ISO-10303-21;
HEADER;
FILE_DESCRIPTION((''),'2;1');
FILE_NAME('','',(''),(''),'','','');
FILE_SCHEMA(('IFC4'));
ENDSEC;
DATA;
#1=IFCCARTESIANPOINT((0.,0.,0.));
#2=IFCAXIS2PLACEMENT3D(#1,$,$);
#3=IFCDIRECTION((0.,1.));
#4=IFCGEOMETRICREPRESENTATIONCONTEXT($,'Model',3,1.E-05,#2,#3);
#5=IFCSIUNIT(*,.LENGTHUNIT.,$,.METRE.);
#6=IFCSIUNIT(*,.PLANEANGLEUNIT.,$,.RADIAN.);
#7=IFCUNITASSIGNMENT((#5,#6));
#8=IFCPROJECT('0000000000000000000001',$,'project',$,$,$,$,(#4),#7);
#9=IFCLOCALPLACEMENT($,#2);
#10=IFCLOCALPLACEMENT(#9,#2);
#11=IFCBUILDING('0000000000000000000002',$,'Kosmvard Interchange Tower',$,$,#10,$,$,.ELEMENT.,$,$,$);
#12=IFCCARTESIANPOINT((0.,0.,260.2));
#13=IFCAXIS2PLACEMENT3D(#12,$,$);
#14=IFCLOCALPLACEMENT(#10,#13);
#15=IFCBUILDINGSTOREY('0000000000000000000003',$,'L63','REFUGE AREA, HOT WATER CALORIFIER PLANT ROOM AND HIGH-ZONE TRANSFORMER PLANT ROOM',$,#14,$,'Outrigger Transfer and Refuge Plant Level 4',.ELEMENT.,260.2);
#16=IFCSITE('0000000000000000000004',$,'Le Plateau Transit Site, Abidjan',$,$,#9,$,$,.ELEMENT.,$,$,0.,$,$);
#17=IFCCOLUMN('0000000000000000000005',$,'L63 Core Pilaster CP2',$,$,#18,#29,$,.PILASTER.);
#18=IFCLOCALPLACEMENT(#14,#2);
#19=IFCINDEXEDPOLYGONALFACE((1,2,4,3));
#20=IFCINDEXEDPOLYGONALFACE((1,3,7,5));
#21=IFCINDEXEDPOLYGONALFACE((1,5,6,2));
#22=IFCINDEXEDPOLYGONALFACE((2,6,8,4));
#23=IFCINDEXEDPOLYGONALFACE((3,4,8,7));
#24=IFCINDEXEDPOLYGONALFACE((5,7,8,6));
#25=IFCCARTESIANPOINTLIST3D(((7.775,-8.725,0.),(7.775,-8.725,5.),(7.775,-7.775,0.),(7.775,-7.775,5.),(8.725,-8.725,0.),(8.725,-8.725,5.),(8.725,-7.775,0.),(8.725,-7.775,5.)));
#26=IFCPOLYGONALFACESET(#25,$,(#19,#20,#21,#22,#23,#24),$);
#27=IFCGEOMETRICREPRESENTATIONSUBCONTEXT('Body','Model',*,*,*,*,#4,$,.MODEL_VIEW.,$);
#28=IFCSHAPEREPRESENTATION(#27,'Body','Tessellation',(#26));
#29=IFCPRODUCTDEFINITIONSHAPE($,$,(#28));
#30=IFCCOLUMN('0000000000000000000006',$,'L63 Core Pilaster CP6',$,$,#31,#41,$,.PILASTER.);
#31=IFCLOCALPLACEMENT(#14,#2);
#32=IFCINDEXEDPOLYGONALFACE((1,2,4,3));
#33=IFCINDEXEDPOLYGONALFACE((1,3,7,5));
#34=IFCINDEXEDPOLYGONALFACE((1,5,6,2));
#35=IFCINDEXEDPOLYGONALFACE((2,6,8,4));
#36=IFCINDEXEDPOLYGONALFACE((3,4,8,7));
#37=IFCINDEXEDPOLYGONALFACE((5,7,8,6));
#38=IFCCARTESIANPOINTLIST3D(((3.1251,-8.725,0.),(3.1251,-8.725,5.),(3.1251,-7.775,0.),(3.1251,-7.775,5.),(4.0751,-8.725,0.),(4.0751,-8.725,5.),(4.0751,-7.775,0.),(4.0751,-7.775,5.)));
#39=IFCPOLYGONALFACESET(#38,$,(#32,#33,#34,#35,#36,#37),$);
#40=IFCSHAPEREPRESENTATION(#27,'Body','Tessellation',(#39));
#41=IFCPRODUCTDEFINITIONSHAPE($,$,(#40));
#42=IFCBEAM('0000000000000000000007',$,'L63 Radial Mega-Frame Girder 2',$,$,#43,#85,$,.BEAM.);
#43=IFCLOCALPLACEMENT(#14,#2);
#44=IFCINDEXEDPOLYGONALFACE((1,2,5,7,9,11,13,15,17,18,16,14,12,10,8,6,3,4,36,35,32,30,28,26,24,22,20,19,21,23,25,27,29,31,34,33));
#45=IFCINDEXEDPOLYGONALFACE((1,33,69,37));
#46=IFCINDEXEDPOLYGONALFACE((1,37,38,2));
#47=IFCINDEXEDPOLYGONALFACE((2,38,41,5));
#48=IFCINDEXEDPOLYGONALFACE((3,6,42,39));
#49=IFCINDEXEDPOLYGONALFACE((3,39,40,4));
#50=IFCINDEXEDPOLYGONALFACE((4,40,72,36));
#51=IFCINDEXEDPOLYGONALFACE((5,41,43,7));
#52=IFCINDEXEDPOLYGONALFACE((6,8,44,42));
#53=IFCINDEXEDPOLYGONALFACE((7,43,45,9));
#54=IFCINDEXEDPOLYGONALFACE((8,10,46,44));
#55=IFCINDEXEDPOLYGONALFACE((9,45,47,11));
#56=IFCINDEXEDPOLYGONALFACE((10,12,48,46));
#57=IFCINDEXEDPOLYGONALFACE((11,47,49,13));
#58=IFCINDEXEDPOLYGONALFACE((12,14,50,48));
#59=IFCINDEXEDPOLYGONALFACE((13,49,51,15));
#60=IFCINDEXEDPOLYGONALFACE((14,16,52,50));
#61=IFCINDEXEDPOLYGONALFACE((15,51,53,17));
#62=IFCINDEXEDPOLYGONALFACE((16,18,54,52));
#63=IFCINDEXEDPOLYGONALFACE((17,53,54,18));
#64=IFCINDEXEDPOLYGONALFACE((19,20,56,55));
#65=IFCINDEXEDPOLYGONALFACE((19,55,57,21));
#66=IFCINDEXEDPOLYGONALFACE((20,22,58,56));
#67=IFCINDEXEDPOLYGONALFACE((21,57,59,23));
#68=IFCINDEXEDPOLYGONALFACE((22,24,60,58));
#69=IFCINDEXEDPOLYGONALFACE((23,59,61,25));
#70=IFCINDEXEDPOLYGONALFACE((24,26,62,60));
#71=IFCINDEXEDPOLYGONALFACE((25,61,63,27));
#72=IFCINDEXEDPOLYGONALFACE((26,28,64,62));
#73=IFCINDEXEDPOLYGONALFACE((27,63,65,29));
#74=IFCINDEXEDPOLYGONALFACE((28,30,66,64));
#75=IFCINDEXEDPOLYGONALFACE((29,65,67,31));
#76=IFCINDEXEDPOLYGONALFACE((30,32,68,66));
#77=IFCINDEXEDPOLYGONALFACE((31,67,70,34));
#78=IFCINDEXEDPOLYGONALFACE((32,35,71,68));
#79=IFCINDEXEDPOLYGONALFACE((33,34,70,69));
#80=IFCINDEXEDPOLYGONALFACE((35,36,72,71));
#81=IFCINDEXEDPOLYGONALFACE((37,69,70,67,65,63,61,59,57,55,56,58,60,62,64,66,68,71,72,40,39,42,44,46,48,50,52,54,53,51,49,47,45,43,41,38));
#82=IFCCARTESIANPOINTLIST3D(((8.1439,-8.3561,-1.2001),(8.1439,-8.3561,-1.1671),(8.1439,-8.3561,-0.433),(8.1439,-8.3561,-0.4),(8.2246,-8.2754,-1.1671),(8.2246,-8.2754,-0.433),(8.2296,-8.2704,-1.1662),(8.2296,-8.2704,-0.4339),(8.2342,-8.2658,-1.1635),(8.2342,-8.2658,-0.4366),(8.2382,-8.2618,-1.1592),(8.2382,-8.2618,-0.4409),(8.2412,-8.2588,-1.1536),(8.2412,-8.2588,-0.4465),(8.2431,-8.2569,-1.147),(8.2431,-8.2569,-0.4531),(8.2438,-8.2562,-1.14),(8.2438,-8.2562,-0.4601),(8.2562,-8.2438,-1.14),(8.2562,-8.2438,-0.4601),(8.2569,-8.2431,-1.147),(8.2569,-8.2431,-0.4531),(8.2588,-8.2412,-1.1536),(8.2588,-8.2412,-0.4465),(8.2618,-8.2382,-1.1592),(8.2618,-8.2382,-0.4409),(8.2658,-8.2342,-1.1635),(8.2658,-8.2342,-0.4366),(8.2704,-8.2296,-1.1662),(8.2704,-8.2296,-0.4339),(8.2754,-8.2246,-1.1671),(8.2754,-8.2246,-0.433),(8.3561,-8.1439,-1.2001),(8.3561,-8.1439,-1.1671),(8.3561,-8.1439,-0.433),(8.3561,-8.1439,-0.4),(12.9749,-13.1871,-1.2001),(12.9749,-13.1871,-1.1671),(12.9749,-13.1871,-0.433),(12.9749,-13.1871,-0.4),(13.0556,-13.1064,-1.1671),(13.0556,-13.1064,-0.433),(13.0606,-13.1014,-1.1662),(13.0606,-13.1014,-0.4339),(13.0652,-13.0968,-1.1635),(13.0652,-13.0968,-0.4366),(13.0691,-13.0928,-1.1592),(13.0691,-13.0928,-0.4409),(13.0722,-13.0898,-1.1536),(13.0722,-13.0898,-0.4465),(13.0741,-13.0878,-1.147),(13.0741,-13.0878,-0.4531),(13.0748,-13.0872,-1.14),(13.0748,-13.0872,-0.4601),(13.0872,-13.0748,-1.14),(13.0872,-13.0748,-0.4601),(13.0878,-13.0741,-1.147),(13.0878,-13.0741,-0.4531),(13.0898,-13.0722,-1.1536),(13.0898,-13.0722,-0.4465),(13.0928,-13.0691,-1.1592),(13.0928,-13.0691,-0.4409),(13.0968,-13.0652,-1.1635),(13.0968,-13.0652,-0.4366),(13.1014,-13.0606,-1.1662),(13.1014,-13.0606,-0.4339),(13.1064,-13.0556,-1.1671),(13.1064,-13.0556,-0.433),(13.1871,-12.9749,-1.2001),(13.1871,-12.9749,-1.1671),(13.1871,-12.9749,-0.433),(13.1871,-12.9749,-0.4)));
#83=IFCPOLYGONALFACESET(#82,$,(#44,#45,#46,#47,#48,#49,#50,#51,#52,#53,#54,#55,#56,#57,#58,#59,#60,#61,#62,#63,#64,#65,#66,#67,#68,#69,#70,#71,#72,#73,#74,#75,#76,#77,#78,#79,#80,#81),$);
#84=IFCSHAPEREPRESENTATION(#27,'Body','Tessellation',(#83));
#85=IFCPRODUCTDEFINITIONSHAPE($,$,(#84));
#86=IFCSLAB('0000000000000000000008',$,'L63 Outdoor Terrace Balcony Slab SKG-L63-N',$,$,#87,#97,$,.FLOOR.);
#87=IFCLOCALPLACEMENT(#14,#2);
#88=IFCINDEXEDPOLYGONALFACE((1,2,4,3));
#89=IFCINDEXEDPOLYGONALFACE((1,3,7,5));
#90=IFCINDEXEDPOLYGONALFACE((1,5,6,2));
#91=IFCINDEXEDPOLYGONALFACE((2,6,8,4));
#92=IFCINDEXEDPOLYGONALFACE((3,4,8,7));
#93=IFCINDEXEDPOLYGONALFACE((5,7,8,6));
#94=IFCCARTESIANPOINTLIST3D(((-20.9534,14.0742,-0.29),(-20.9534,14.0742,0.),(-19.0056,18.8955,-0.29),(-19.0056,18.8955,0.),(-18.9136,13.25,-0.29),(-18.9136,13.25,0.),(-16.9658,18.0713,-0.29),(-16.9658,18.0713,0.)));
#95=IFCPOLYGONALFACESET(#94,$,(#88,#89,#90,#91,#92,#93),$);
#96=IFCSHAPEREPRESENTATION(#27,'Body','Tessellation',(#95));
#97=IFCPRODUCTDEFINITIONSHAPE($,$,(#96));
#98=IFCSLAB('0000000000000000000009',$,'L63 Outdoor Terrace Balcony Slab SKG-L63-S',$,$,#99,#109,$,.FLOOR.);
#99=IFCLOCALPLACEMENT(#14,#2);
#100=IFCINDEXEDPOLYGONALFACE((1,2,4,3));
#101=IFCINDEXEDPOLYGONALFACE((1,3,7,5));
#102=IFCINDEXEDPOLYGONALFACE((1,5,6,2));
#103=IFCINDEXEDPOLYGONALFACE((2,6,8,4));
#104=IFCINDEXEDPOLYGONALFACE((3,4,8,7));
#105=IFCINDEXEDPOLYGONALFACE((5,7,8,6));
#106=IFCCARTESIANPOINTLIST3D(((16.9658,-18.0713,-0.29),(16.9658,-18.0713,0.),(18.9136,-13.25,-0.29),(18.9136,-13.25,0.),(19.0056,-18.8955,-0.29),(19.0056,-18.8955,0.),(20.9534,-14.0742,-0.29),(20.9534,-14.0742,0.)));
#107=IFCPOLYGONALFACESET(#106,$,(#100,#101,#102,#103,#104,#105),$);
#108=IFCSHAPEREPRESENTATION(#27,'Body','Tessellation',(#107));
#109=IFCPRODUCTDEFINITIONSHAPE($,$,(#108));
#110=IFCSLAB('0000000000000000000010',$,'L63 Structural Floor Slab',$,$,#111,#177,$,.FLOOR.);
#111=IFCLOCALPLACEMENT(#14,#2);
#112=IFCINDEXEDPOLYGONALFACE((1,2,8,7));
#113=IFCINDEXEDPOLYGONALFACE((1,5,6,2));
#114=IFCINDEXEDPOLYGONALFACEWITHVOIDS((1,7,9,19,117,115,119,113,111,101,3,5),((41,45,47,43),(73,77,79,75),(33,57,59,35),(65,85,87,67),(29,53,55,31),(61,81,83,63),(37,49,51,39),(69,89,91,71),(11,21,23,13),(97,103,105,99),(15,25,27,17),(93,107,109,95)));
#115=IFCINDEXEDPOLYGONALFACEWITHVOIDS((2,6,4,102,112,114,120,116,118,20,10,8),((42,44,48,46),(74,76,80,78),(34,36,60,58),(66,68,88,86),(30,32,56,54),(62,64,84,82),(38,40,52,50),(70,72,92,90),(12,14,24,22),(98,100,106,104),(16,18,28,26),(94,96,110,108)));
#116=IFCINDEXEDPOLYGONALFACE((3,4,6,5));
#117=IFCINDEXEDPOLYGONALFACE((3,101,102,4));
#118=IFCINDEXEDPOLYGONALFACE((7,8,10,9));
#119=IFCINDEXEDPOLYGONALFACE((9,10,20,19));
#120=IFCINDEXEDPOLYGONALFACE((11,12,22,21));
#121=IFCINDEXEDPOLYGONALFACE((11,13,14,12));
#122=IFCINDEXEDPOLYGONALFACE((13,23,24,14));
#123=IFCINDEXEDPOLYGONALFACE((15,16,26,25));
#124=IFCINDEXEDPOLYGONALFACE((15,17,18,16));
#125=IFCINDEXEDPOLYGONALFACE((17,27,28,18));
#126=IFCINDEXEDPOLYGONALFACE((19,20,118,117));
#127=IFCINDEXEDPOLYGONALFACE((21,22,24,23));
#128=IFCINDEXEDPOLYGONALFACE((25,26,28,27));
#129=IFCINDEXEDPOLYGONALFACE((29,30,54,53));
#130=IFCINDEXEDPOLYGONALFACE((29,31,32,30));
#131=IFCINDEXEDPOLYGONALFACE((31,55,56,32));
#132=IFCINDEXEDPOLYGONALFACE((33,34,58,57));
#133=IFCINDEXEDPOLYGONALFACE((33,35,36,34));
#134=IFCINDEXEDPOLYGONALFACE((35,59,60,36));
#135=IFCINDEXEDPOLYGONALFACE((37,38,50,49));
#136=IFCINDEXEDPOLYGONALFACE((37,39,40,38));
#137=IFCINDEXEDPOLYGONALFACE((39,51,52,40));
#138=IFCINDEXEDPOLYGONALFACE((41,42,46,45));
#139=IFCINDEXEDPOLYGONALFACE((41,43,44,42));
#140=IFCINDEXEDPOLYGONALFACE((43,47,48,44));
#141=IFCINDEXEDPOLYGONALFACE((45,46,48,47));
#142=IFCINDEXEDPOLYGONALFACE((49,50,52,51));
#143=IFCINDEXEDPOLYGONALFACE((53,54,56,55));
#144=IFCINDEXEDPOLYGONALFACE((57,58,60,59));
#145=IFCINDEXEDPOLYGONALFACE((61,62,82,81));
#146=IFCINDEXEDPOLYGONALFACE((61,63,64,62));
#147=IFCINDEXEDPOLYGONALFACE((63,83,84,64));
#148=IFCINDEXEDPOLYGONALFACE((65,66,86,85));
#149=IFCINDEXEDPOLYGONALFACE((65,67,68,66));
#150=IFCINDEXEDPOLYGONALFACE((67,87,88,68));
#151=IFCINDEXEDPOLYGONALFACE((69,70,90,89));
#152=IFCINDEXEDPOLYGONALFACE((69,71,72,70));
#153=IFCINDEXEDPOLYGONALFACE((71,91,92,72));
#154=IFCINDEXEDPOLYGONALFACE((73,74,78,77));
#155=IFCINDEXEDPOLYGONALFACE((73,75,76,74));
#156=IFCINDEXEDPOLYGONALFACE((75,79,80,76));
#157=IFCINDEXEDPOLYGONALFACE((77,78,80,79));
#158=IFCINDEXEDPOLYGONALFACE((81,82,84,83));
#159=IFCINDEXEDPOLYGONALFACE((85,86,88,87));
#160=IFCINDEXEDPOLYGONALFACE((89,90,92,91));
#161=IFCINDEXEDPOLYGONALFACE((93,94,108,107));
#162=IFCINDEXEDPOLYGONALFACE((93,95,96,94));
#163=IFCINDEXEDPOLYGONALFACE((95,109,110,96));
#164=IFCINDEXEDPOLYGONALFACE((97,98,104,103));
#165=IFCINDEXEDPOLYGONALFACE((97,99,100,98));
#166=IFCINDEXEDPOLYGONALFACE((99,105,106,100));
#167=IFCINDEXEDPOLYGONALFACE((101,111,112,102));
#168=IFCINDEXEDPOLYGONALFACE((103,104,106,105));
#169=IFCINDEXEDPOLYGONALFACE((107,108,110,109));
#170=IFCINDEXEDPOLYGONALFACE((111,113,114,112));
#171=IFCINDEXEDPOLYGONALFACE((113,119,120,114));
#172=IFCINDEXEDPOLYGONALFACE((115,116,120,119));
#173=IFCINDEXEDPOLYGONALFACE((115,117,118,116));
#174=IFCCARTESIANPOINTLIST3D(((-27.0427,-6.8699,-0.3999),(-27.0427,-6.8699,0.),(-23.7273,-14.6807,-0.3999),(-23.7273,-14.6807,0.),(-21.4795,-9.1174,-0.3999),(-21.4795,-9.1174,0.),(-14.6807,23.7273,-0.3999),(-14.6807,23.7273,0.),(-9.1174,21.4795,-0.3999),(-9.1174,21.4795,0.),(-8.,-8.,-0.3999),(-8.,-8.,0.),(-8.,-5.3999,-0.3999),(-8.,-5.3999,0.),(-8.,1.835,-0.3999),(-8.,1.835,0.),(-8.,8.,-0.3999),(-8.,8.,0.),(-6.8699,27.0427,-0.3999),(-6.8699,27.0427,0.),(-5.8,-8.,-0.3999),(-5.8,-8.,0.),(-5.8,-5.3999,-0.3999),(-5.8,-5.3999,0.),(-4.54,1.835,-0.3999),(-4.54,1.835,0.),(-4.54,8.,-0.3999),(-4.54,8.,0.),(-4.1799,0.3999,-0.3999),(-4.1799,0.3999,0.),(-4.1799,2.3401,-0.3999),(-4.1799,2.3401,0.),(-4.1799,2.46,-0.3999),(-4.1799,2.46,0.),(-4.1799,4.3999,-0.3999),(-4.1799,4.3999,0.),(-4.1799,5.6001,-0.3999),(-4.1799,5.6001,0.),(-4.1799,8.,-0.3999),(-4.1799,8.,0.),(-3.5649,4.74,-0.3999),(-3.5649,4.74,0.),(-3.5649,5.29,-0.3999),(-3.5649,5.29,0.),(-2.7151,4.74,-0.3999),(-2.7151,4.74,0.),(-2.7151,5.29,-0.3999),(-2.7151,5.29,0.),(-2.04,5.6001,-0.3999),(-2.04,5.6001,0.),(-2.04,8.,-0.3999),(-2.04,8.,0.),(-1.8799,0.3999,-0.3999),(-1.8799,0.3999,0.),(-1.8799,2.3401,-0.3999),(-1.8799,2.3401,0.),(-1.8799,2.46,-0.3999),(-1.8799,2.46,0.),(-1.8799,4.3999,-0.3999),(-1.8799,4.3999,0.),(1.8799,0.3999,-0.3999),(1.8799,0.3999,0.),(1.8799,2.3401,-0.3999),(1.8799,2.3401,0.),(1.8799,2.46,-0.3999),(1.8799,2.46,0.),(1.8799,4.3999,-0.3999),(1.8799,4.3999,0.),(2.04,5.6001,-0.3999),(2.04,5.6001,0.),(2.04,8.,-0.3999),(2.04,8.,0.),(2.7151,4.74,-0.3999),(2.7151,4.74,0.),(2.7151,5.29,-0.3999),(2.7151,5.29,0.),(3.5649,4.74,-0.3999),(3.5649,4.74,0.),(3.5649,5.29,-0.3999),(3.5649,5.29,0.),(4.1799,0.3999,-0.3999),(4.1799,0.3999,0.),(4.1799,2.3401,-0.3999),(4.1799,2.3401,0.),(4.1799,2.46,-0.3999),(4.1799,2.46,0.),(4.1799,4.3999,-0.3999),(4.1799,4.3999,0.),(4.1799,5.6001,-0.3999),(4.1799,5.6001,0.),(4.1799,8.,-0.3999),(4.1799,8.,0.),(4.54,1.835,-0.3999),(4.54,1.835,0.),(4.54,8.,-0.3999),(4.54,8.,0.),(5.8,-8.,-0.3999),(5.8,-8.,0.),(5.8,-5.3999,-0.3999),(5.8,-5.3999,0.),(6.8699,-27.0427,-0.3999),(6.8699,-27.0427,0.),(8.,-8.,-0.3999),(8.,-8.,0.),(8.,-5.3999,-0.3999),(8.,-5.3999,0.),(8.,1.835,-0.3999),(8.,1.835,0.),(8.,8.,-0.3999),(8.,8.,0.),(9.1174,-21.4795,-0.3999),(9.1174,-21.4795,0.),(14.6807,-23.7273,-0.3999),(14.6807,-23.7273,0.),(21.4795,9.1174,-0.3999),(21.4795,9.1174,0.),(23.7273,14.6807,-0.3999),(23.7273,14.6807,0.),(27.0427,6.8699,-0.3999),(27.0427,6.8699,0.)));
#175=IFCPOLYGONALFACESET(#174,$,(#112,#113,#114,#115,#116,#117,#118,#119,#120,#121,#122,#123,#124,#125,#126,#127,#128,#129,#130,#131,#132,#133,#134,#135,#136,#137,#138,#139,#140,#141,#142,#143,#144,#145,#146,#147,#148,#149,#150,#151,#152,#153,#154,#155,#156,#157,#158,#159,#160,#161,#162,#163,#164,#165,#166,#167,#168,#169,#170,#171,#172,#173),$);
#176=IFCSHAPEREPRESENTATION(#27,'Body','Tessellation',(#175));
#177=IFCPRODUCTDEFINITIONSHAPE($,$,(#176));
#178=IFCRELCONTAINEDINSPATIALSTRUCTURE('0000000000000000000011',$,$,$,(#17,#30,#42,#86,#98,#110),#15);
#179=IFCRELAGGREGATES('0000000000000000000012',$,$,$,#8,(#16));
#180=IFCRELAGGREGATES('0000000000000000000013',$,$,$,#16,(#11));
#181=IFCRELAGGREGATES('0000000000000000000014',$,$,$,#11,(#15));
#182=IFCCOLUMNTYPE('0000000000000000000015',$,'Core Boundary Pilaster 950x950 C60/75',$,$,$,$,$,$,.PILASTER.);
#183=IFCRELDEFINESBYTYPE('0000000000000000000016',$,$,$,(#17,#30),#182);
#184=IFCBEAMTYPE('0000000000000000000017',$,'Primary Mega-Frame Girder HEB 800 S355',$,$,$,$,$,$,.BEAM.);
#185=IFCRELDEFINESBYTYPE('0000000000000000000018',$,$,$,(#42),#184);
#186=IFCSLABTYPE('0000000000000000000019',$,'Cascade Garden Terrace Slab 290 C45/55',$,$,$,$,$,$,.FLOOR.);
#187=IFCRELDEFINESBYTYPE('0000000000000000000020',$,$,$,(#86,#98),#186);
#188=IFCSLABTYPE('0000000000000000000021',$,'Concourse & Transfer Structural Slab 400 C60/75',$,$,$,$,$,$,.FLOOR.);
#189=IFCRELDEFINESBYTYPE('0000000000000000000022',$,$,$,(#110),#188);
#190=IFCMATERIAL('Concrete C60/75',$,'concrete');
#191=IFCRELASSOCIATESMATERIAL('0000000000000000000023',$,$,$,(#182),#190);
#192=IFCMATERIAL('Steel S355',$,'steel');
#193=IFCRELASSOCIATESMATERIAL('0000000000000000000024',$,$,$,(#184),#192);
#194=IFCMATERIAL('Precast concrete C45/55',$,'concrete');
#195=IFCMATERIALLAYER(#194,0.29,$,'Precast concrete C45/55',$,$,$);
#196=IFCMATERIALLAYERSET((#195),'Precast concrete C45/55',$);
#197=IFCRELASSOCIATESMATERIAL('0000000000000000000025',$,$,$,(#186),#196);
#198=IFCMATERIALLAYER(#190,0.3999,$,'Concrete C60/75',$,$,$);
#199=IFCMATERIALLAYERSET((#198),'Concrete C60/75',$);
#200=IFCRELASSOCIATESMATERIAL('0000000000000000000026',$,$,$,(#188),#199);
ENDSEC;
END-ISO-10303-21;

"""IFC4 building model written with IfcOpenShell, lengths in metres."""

from ifc_helpers import new_model, si_unit, direction, frame, origin, origin_2d, place, context, subcontext, project, spatial, polyline, rectangle, i_section, outline, extrude, source, transform, mapped, material, layer, layer_set, material_profile, profile_set, type_object, element, save


model = new_model("IFC4")

# Units and contexts
model_context = context("Model", 3, precision=1e-05, world=origin(), true_north=direction((0.0, 1.0)))
body_context = subcontext(model_context, "Body", "Model", "MODEL_VIEW")
ifc_project = project(units=[si_unit("LENGTHUNIT", "METRE"), si_unit("PLANEANGLEUNIT", "RADIAN")], contexts=[model_context])

# Site, building, storey
site_placement = place(None, origin())
site = spatial("IfcSite", under=ifc_project, at=site_placement, Name="Le Plateau Transit Site, Abidjan", CompositionType="ELEMENT", RefElevation=0.0)
building_placement = place(site_placement, origin())
building = spatial("IfcBuilding", under=site, at=building_placement, Name="Kosmvard Interchange Tower", CompositionType="ELEMENT")
storey_placement = place(building_placement, frame((0.0, 0.0, 260.2)))
storey = spatial("IfcBuildingStorey", under=building, at=storey_placement, Name="L63", Description="REFUGE AREA, HOT WATER CALORIFIER PLANT ROOM AND HIGH-ZONE TRANSFORMER PLANT ROOM", LongName="Outrigger Transfer and Refuge Plant Level 4", CompositionType="ELEMENT", Elevation=260.2)

# Columns
ifc_material_1 = material(Name="Concrete C60/75", Category="concrete")
ifc_material_profile_1 = material_profile(ifc_material_1, rectangle(XDim=0.95, YDim=0.95, at=origin_2d()), Name="CP 950x950")
ifc_profile_set_1 = profile_set([ifc_material_profile_1], Name="Concrete C60/75")
column_type = type_object("IfcColumnType", Name="Core Boundary Pilaster 950x950 C60/75", PredefinedType="PILASTER", material=ifc_profile_set_1)
shared_shape_1 = source(origin(), body_context, "Body", "SweptSolid", [
    extrude(rectangle(XDim=0.95, YDim=0.95, at=origin_2d()), origin(), (0.0, 0.0, 1.0), 5.0),
])
for number, where, z_axis, x_axis, name in (
    (1, (8.25, -8.25, 0.0), (0.0, 0.0, 1.0), (1.0, 0.0, 0.0), "L63 Core Pilaster CP2"),
    (2, (3.6001, -8.25, 0.0), (0.0, 0.0, 1.0), (1.0, 0.0, 0.0), "L63 Core Pilaster CP6"),
):
    element("IfcColumn", number, at=place(storey_placement, frame(where, z_axis=z_axis, x_axis=x_axis)), inside=storey, type_object=column_type, Name=name, PredefinedType="PILASTER", context=body_context, shape_type="MappedRepresentation", body=[
        mapped(shared_shape_1, transform((0.0, 0.0, 0.0), scale=1.0)),
    ])

# Beam
ifc_material_2 = material(Name="Steel S355", Category="steel")
ifc_material_profile_2 = material_profile(ifc_material_2, i_section(OverallWidth=0.3, OverallDepth=0.8, WebThickness=0.0176, FlangeThickness=0.033, FilletRadius=0.0271, at=origin_2d()), Name="HEB 800")
ifc_profile_set_2 = profile_set([ifc_material_profile_2], Name="Steel S355")
beam_type = type_object("IfcBeamType", Name="Primary Mega-Frame Girder HEB 800 S355", PredefinedType="BEAM", material=ifc_profile_set_2)
shared_shape_2 = source(origin(), body_context, "Body", "SweptSolid", [
    extrude(i_section(OverallWidth=0.3, OverallDepth=0.8, WebThickness=0.0176, FlangeThickness=0.033, FilletRadius=0.0271, at=origin_2d()), origin(), (0.0, 0.0, 1.0), 6.832),
])
beam_placement = place(storey_placement, frame((8.25, -8.25, -0.8), z_axis=(0.707107, -0.707107, 0.0), x_axis=(0.707107, 0.707107, 0.0)))
element("IfcBeam", 3, at=beam_placement, inside=storey, type_object=beam_type, Name="L63 Radial Mega-Frame Girder 2", PredefinedType="BEAM", context=body_context, shape_type="MappedRepresentation", body=[
    mapped(shared_shape_2, transform((0.0, 0.0, 0.0), scale=1.0)),
])

# Slabs
ifc_material_3 = material(Name="Precast concrete C45/55", Category="concrete")
ifc_layer_1 = layer(ifc_material_3, 0.29, Name="Precast concrete C45/55")
ifc_layer_set_1 = layer_set([ifc_layer_1], Name="Precast concrete C45/55")
slab_type_1 = type_object("IfcSlabType", Name="Cascade Garden Terrace Slab 290 C45/55", PredefinedType="FLOOR", material=ifc_layer_set_1)
slab_1_placement = place(storey_placement, frame((0.0, 0.0, -0.29)))
element("IfcSlab", 4, at=slab_1_placement, inside=storey, type_object=slab_type_1, Name="L63 Outdoor Terrace Balcony Slab SKG-L63-N", PredefinedType="FLOOR", context=body_context, shape_type="SweptSolid", body=[
    extrude(outline(polyline([(-18.9136, 13.25), (-16.9658, 18.0713), (-19.0056, 18.8955), (-20.9534, 14.0742), (-18.9136, 13.25)])), origin(), (0.0, 0.0, 1.0), 0.29),
])
slab_2_placement = place(storey_placement, frame((0.0, 0.0, -0.29)))
element("IfcSlab", 5, at=slab_2_placement, inside=storey, type_object=slab_type_1, Name="L63 Outdoor Terrace Balcony Slab SKG-L63-S", PredefinedType="FLOOR", context=body_context, shape_type="SweptSolid", body=[
    extrude(outline(polyline([(19.0056, -18.8955), (20.9534, -14.0742), (18.9136, -13.25), (16.9658, -18.0713), (19.0056, -18.8955)])), origin(), (0.0, 0.0, 1.0), 0.29),
])
ifc_layer_2 = layer(ifc_material_1, 0.3999, Name="Concrete C60/75")
ifc_layer_set_2 = layer_set([ifc_layer_2], Name="Concrete C60/75")
slab_type_2 = type_object("IfcSlabType", Name="Concourse & Transfer Structural Slab 400 C60/75", PredefinedType="FLOOR", material=ifc_layer_set_2)
slab_3_placement = place(storey_placement, frame((0.0, 0.0, -0.3999)))
element("IfcSlab", 6, at=slab_3_placement, inside=storey, type_object=slab_type_2, Name="L63 Structural Floor Slab", PredefinedType="FLOOR", context=body_context, shape_type="SweptSolid", body=[
    extrude(outline(polyline([(14.6807, -23.7273), (27.0427, 6.8699), (21.4795, 9.1174), (23.7273, 14.6807), (-6.8699, 27.0427), (-9.1174, 21.4795), (-14.6807, 23.7273), (-27.0427, -6.8699), (-21.4795, -9.1174), (-23.7273, -14.6807), (6.8699, -27.0427), (9.1174, -21.4795), (14.6807, -23.7273)]), holes=[polyline([(-8.0, 1.835), (-4.54, 1.835), (-4.54, 8.0), (-8.0, 8.0), (-8.0, 1.835)]), polyline([(4.54, 1.835), (8.0, 1.835), (8.0, 8.0), (4.54, 8.0), (4.54, 1.835)]), polyline([(-8.0, -8.0), (-5.8, -8.0), (-5.8, -5.3999), (-8.0, -5.3999), (-8.0, -8.0)]), polyline([(5.8, -8.0), (8.0, -8.0), (8.0, -5.3999), (5.8, -5.3999), (5.8, -8.0)]), polyline([(-4.1799, 0.3999), (-1.8799, 0.3999), (-1.8799, 2.3401), (-4.1799, 2.3401), (-4.1799, 0.3999)]), polyline([(-4.1799, 2.46), (-1.8799, 2.46), (-1.8799, 4.3999), (-4.1799, 4.3999), (-4.1799, 2.46)]), polyline([(1.8799, 0.3999), (4.1799, 0.3999), (4.1799, 2.3401), (1.8799, 2.3401), (1.8799, 0.3999)]), polyline([(1.8799, 2.46), (4.1799, 2.46), (4.1799, 4.3999), (1.8799, 4.3999), (1.8799, 2.46)]), polyline([(-4.1799, 5.6001), (-2.04, 5.6001), (-2.04, 8.0), (-4.1799, 8.0), (-4.1799, 5.6001)]), polyline([(2.04, 5.6001), (4.1799, 5.6001), (4.1799, 8.0), (2.04, 8.0), (2.04, 5.6001)]), polyline([(-3.5649, 4.74), (-2.7151, 4.74), (-2.7151, 5.29), (-3.5649, 5.29), (-3.5649, 4.74)]), polyline([(2.7151, 4.74), (3.5649, 4.74), (3.5649, 5.29), (2.7151, 5.29), (2.7151, 4.74)])]), origin(), (0.0, 0.0, 1.0), 0.3999),
])

save(model, "model.ifc")
